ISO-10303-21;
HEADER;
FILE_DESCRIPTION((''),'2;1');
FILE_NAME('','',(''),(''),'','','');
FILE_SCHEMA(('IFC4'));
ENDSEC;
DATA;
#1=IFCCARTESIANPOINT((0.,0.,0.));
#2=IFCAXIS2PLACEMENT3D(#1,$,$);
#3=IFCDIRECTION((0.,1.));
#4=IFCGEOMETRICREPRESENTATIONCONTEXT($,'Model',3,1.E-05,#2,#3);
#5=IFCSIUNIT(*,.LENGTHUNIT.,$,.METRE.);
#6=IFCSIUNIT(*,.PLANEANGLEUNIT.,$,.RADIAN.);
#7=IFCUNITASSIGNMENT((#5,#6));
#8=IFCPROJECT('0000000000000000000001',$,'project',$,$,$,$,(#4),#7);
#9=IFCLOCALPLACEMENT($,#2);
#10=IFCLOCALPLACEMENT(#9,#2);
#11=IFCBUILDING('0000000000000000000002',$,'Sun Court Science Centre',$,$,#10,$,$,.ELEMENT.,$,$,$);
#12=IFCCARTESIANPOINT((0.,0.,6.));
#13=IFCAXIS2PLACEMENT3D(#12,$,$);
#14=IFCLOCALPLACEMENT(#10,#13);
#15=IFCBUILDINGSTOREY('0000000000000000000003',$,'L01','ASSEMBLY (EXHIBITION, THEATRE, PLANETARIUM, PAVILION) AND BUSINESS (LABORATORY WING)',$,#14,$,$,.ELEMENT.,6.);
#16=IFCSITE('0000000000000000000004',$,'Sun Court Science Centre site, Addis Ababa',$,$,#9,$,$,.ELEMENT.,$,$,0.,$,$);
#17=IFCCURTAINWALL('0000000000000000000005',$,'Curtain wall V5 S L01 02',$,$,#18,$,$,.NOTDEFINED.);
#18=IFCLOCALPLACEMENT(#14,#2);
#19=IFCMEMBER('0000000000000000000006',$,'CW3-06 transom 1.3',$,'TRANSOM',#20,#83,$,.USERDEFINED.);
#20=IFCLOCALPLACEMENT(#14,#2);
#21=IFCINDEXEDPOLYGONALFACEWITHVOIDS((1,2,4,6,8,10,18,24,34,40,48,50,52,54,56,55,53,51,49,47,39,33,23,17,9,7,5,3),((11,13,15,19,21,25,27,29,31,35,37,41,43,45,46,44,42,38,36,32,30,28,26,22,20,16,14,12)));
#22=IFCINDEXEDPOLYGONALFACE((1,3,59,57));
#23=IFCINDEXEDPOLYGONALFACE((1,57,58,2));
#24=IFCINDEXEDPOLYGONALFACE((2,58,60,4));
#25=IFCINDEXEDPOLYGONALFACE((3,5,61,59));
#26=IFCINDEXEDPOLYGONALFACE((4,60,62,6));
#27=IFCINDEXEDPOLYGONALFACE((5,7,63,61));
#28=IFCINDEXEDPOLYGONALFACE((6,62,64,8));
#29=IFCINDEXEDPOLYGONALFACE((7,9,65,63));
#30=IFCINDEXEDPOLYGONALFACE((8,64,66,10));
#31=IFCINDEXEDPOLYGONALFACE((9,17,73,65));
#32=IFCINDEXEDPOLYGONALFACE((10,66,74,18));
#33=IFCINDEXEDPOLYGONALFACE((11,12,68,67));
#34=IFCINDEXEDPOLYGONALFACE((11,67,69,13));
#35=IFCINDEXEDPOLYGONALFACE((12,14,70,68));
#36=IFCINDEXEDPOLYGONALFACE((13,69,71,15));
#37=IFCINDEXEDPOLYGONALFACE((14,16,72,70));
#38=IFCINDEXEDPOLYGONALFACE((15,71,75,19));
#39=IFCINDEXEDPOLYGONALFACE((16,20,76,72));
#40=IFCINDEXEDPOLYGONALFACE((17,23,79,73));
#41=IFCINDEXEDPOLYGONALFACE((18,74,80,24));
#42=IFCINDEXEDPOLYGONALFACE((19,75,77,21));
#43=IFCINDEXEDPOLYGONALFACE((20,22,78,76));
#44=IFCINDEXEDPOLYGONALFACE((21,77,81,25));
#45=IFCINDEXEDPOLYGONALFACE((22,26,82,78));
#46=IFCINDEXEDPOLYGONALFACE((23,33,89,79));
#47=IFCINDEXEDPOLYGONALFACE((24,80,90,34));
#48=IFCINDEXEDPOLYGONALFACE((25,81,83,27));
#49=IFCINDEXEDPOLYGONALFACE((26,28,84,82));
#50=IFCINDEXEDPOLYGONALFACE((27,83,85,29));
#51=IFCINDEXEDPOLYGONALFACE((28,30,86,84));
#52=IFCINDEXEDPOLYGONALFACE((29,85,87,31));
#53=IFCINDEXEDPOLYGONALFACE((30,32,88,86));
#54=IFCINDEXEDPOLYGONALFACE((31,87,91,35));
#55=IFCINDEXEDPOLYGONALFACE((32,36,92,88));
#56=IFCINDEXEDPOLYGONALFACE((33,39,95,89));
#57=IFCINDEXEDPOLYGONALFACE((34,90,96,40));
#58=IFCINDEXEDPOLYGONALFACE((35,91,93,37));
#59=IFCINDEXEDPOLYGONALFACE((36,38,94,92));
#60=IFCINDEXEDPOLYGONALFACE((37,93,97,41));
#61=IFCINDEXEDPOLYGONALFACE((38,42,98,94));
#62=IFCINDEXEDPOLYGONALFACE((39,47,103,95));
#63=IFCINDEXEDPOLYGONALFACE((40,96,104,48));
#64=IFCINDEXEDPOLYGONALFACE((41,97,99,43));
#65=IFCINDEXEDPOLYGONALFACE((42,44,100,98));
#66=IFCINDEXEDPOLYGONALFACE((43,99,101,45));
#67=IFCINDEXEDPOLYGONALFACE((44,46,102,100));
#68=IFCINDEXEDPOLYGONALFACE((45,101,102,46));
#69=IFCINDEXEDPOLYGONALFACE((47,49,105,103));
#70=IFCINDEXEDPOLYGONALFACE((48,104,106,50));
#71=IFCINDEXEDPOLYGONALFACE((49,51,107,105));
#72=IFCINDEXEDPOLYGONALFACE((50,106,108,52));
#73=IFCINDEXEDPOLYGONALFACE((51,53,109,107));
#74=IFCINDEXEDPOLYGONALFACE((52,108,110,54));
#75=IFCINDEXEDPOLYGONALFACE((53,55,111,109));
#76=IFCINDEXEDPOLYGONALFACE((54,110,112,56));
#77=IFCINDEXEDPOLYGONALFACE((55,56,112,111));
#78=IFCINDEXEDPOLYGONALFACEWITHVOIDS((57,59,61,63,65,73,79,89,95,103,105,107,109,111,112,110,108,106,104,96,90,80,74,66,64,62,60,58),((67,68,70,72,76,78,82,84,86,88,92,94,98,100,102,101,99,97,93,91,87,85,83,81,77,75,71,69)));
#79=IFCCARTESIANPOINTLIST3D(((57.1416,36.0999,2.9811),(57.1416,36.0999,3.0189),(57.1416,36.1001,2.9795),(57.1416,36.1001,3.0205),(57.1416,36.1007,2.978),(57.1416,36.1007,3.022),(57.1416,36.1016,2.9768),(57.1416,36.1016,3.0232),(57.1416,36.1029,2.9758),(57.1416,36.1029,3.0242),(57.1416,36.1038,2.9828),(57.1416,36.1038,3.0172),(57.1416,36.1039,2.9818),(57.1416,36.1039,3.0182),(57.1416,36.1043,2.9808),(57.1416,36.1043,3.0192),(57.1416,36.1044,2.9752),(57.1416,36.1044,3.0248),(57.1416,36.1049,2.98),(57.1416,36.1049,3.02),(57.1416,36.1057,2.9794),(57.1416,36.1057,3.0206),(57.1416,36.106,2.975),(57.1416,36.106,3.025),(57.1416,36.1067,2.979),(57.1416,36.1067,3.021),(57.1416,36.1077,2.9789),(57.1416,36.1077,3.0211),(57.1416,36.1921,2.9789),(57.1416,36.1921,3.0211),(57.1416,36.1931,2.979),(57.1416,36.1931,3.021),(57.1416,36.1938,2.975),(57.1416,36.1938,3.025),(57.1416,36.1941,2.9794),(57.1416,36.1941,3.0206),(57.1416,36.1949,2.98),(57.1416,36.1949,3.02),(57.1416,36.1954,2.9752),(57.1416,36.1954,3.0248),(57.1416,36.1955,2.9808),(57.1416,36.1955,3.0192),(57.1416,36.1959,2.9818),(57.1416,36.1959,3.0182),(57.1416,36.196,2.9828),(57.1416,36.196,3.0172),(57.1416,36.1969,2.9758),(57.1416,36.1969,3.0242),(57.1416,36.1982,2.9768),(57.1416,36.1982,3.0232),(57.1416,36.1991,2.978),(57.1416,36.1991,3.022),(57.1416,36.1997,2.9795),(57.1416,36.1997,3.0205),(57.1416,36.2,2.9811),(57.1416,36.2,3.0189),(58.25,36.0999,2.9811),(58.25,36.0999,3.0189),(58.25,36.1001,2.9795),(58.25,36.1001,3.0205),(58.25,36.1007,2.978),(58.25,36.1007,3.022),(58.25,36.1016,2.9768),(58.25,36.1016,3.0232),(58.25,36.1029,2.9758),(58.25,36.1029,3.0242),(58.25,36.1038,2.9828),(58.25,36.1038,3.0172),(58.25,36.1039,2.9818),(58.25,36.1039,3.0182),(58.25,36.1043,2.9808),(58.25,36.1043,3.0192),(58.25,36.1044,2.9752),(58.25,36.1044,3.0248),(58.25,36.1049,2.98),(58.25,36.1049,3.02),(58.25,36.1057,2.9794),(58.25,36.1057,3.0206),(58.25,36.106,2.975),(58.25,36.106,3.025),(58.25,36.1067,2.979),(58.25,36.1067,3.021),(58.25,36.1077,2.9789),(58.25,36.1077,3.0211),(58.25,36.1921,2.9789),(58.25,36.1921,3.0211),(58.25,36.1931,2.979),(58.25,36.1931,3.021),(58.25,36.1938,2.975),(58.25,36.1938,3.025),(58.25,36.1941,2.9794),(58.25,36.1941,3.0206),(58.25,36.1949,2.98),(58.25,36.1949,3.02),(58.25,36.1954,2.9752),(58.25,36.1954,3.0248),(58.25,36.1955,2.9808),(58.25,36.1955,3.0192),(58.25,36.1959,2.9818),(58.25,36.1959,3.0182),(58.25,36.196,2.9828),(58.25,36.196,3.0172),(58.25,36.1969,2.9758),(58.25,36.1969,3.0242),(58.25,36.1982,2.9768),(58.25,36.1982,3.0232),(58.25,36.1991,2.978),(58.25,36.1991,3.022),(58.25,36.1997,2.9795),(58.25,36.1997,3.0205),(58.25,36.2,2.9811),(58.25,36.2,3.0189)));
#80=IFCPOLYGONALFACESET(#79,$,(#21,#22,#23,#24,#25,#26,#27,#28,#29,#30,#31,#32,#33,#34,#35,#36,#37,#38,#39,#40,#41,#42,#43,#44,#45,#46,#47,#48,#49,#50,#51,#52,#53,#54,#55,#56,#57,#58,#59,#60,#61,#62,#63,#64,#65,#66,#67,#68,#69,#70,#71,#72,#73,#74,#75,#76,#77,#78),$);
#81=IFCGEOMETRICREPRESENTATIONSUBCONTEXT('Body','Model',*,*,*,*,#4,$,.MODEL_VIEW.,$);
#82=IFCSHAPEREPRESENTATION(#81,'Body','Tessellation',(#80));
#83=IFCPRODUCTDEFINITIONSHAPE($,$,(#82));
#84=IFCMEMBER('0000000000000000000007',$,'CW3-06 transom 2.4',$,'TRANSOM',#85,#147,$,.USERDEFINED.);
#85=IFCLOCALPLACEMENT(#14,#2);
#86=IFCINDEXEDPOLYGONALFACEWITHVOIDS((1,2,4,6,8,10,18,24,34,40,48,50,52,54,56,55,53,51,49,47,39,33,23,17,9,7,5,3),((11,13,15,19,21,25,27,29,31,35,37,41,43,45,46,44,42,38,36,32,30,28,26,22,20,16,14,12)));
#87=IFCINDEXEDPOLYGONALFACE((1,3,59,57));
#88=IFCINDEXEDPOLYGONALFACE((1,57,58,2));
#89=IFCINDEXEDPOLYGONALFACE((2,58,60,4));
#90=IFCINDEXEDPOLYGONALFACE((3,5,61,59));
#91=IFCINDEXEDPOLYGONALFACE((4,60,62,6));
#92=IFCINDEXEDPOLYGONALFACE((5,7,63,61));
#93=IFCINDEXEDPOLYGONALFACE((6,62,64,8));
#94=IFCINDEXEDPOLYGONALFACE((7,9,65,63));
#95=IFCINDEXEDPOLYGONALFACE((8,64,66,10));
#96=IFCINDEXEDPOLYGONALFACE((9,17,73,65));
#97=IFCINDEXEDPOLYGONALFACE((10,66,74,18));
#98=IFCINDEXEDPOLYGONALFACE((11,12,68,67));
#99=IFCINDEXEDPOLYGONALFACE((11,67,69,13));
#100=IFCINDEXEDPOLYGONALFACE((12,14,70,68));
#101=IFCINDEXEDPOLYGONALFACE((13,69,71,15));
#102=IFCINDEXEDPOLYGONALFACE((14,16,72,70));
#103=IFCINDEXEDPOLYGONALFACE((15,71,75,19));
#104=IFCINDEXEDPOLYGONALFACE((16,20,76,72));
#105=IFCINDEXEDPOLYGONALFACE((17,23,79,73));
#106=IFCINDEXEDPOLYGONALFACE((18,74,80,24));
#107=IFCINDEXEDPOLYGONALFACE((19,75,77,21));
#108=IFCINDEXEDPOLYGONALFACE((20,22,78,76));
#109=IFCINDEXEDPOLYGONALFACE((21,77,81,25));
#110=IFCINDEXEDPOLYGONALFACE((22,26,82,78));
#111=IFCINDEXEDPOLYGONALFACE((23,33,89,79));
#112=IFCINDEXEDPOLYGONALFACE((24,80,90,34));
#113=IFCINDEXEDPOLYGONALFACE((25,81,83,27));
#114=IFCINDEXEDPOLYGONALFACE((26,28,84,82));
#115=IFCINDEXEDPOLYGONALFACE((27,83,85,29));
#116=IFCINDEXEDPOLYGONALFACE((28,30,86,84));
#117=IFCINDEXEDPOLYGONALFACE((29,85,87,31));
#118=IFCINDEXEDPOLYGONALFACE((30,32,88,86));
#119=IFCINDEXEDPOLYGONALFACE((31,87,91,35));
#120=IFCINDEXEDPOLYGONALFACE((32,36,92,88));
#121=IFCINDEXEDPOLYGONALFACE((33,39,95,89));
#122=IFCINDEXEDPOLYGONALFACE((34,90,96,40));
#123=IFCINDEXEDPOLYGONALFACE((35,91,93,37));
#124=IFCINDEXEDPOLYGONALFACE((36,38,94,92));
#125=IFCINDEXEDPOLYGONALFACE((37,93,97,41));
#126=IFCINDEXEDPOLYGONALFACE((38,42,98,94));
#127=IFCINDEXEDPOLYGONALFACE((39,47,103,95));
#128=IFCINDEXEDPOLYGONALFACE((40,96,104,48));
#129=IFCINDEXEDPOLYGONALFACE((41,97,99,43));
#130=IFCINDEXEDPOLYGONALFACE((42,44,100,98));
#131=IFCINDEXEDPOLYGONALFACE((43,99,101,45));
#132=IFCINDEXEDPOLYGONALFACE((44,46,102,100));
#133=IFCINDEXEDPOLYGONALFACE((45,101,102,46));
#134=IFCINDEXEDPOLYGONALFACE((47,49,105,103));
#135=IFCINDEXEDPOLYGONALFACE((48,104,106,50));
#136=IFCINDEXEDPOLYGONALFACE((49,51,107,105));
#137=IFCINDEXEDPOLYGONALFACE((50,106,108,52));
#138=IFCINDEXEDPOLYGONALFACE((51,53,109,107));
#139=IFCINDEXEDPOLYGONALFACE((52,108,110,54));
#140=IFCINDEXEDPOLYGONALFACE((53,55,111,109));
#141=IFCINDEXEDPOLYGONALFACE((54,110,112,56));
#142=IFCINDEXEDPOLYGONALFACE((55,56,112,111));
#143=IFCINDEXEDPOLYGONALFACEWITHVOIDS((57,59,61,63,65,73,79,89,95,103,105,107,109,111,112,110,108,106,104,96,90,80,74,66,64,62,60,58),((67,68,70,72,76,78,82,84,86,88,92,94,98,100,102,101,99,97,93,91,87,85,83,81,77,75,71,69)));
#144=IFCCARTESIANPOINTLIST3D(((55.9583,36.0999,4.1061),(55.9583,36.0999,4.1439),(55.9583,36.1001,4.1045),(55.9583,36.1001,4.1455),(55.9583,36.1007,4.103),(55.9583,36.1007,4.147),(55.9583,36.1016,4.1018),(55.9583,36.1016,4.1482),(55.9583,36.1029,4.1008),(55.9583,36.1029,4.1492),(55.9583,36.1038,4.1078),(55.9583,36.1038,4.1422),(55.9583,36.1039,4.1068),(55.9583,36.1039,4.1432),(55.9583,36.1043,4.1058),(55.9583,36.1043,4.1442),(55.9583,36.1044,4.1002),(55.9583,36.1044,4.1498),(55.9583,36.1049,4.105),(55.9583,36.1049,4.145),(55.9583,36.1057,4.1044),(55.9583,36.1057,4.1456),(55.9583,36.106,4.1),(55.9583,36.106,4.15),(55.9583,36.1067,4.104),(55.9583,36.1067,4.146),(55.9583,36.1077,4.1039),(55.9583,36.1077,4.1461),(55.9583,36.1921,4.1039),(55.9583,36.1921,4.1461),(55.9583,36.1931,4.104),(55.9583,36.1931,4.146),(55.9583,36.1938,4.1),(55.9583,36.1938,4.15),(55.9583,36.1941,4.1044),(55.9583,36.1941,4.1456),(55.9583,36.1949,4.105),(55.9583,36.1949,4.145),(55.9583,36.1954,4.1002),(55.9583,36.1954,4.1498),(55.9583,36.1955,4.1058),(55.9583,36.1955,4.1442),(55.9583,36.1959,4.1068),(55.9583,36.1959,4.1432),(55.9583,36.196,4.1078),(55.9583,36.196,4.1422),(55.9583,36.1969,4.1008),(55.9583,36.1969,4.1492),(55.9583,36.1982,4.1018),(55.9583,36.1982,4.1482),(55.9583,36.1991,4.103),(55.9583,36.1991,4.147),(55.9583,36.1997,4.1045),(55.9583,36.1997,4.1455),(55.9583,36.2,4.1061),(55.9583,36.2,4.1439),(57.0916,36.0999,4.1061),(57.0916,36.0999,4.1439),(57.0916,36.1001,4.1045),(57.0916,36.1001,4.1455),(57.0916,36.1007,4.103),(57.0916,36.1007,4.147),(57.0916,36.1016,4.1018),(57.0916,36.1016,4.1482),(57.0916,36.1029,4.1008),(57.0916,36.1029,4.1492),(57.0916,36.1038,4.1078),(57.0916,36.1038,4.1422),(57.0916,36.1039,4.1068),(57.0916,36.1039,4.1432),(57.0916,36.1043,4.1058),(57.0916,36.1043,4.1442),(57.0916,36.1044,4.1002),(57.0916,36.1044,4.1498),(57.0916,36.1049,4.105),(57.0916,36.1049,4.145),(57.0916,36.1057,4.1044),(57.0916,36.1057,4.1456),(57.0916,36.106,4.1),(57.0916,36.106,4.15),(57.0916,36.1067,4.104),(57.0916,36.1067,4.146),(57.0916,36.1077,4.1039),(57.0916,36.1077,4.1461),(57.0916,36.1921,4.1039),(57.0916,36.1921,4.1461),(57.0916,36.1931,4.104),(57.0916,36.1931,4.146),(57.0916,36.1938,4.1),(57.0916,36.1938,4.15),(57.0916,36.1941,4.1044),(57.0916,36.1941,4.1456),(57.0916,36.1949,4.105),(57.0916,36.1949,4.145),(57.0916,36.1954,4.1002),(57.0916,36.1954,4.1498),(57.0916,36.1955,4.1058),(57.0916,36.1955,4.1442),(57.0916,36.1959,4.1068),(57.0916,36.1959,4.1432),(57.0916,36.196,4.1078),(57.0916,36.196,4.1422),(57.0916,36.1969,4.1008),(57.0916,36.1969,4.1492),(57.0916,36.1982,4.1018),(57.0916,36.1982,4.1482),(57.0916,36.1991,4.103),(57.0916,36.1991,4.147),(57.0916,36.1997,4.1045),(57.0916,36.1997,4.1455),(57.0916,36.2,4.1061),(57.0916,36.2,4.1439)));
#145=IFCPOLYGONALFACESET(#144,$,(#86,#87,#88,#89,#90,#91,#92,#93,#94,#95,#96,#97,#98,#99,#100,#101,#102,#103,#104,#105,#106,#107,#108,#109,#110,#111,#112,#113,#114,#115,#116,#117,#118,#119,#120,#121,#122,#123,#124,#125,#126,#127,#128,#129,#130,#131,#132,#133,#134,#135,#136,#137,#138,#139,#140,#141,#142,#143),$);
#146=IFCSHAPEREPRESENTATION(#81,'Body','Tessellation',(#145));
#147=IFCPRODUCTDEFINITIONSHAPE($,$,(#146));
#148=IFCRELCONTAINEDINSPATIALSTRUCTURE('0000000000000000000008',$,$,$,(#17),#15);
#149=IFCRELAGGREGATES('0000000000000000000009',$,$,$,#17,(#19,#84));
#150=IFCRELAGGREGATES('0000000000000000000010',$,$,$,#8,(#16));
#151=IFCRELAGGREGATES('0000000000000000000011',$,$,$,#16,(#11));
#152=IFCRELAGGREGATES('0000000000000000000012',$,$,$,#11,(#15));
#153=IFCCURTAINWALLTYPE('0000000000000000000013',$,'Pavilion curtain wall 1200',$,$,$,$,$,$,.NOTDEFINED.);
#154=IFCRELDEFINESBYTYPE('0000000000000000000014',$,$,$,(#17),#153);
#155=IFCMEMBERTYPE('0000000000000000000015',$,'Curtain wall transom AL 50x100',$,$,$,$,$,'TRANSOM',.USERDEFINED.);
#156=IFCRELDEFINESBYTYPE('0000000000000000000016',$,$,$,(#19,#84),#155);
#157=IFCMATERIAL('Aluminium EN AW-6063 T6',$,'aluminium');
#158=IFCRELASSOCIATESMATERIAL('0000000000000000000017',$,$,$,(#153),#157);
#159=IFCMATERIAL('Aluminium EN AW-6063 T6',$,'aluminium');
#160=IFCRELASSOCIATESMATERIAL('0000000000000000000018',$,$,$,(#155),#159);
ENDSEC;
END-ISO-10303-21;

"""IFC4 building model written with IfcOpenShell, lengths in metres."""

from ifc_helpers import new_model, si_unit, direction, frame, origin, origin_2d, place, context, subcontext, project, spatial, hollow_rectangle, extrude, material, material_profile, profile_set, type_object, element, aggregate, save


model = new_model("IFC4")

# Units and contexts
model_context = context("Model", 3, precision=1e-05, world=origin(), true_north=direction((0.0, 1.0)))
body_context = subcontext(model_context, "Body", "Model", "MODEL_VIEW")
ifc_project = project(units=[si_unit("LENGTHUNIT", "METRE"), si_unit("PLANEANGLEUNIT", "RADIAN")], contexts=[model_context])

# Site, building, storey
site_placement = place(None, origin())
site = spatial("IfcSite", under=ifc_project, at=site_placement, Name="Sun Court Science Centre site, Addis Ababa", CompositionType="ELEMENT", RefElevation=0.0)
building_placement = place(site_placement, origin())
building = spatial("IfcBuilding", under=site, at=building_placement, Name="Sun Court Science Centre", CompositionType="ELEMENT")
storey_placement = place(building_placement, frame((0.0, 0.0, 6.0)))
storey = spatial("IfcBuildingStorey", under=building, at=storey_placement, Name="L01", Description="ASSEMBLY (EXHIBITION, THEATRE, PLANETARIUM, PAVILION) AND BUSINESS (LABORATORY WING)", CompositionType="ELEMENT", Elevation=6.0)

# Curtain wall
ifc_material_1 = material(Name="Aluminium EN AW-6063 T6", Category="aluminium")
curtain_wall_type = type_object("IfcCurtainWallType", Name="Pavilion curtain wall 1200", PredefinedType="NOTDEFINED", material=ifc_material_1)
curtain_wall_1_placement = place(storey_placement, origin())
curtain_wall_1 = element("IfcCurtainWall", 1, at=curtain_wall_1_placement, inside=storey, type_object=curtain_wall_type, Name="Curtain wall V5 S L01 02", PredefinedType="NOTDEFINED")

# Members
ifc_material_2 = material(Name="Aluminium EN AW-6063 T6", Category="aluminium")
ifc_material_profile_1 = material_profile(ifc_material_2, hollow_rectangle(XDim=0.05, YDim=0.1001, WallThickness=0.0039, InnerFilletRadius=0.0039, OuterFilletRadius=0.0061, at=origin_2d()), Name="AL 50x100x4")
ifc_profile_set_1 = profile_set([ifc_material_profile_1], Name="Aluminium EN AW-6063 T6")
member_type_1 = type_object("IfcMemberType", Name="Curtain wall transom AL 50x100", ElementType="TRANSOM", PredefinedType="USERDEFINED", material=ifc_profile_set_1)
member_1_placement = place(storey_placement, frame((58.25, 36.1499, 3.0), z_axis=(-1.0, 0.0, 0.0), x_axis=(0.0, 0.0, 1.0)))
member_1 = element("IfcMember", 2, at=member_1_placement, type_object=member_type_1, Name="CW3-06 transom 1.3", ObjectType="TRANSOM", PredefinedType="USERDEFINED", context=body_context, shape_type="SweptSolid", body=[
    extrude(hollow_rectangle(XDim=0.05, YDim=0.1001, WallThickness=0.0039, InnerFilletRadius=0.0039, OuterFilletRadius=0.0061, at=origin_2d()), origin(), (0.0, 0.0, 1.0), 1.1084),
])
member_2_placement = place(storey_placement, frame((57.0916, 36.1499, 4.125), z_axis=(-1.0, 0.0, 0.0), x_axis=(0.0, 0.0, 1.0)))
member_2 = element("IfcMember", 3, at=member_2_placement, type_object=member_type_1, Name="CW3-06 transom 2.4", ObjectType="TRANSOM", PredefinedType="USERDEFINED", context=body_context, shape_type="SweptSolid", body=[
    extrude(hollow_rectangle(XDim=0.05, YDim=0.1001, WallThickness=0.0039, InnerFilletRadius=0.0039, OuterFilletRadius=0.0061, at=origin_2d()), origin(), (0.0, 0.0, 1.0), 1.1333),
])

aggregate(curtain_wall_1, [member_1, member_2])

save(model, "model.ifc")
